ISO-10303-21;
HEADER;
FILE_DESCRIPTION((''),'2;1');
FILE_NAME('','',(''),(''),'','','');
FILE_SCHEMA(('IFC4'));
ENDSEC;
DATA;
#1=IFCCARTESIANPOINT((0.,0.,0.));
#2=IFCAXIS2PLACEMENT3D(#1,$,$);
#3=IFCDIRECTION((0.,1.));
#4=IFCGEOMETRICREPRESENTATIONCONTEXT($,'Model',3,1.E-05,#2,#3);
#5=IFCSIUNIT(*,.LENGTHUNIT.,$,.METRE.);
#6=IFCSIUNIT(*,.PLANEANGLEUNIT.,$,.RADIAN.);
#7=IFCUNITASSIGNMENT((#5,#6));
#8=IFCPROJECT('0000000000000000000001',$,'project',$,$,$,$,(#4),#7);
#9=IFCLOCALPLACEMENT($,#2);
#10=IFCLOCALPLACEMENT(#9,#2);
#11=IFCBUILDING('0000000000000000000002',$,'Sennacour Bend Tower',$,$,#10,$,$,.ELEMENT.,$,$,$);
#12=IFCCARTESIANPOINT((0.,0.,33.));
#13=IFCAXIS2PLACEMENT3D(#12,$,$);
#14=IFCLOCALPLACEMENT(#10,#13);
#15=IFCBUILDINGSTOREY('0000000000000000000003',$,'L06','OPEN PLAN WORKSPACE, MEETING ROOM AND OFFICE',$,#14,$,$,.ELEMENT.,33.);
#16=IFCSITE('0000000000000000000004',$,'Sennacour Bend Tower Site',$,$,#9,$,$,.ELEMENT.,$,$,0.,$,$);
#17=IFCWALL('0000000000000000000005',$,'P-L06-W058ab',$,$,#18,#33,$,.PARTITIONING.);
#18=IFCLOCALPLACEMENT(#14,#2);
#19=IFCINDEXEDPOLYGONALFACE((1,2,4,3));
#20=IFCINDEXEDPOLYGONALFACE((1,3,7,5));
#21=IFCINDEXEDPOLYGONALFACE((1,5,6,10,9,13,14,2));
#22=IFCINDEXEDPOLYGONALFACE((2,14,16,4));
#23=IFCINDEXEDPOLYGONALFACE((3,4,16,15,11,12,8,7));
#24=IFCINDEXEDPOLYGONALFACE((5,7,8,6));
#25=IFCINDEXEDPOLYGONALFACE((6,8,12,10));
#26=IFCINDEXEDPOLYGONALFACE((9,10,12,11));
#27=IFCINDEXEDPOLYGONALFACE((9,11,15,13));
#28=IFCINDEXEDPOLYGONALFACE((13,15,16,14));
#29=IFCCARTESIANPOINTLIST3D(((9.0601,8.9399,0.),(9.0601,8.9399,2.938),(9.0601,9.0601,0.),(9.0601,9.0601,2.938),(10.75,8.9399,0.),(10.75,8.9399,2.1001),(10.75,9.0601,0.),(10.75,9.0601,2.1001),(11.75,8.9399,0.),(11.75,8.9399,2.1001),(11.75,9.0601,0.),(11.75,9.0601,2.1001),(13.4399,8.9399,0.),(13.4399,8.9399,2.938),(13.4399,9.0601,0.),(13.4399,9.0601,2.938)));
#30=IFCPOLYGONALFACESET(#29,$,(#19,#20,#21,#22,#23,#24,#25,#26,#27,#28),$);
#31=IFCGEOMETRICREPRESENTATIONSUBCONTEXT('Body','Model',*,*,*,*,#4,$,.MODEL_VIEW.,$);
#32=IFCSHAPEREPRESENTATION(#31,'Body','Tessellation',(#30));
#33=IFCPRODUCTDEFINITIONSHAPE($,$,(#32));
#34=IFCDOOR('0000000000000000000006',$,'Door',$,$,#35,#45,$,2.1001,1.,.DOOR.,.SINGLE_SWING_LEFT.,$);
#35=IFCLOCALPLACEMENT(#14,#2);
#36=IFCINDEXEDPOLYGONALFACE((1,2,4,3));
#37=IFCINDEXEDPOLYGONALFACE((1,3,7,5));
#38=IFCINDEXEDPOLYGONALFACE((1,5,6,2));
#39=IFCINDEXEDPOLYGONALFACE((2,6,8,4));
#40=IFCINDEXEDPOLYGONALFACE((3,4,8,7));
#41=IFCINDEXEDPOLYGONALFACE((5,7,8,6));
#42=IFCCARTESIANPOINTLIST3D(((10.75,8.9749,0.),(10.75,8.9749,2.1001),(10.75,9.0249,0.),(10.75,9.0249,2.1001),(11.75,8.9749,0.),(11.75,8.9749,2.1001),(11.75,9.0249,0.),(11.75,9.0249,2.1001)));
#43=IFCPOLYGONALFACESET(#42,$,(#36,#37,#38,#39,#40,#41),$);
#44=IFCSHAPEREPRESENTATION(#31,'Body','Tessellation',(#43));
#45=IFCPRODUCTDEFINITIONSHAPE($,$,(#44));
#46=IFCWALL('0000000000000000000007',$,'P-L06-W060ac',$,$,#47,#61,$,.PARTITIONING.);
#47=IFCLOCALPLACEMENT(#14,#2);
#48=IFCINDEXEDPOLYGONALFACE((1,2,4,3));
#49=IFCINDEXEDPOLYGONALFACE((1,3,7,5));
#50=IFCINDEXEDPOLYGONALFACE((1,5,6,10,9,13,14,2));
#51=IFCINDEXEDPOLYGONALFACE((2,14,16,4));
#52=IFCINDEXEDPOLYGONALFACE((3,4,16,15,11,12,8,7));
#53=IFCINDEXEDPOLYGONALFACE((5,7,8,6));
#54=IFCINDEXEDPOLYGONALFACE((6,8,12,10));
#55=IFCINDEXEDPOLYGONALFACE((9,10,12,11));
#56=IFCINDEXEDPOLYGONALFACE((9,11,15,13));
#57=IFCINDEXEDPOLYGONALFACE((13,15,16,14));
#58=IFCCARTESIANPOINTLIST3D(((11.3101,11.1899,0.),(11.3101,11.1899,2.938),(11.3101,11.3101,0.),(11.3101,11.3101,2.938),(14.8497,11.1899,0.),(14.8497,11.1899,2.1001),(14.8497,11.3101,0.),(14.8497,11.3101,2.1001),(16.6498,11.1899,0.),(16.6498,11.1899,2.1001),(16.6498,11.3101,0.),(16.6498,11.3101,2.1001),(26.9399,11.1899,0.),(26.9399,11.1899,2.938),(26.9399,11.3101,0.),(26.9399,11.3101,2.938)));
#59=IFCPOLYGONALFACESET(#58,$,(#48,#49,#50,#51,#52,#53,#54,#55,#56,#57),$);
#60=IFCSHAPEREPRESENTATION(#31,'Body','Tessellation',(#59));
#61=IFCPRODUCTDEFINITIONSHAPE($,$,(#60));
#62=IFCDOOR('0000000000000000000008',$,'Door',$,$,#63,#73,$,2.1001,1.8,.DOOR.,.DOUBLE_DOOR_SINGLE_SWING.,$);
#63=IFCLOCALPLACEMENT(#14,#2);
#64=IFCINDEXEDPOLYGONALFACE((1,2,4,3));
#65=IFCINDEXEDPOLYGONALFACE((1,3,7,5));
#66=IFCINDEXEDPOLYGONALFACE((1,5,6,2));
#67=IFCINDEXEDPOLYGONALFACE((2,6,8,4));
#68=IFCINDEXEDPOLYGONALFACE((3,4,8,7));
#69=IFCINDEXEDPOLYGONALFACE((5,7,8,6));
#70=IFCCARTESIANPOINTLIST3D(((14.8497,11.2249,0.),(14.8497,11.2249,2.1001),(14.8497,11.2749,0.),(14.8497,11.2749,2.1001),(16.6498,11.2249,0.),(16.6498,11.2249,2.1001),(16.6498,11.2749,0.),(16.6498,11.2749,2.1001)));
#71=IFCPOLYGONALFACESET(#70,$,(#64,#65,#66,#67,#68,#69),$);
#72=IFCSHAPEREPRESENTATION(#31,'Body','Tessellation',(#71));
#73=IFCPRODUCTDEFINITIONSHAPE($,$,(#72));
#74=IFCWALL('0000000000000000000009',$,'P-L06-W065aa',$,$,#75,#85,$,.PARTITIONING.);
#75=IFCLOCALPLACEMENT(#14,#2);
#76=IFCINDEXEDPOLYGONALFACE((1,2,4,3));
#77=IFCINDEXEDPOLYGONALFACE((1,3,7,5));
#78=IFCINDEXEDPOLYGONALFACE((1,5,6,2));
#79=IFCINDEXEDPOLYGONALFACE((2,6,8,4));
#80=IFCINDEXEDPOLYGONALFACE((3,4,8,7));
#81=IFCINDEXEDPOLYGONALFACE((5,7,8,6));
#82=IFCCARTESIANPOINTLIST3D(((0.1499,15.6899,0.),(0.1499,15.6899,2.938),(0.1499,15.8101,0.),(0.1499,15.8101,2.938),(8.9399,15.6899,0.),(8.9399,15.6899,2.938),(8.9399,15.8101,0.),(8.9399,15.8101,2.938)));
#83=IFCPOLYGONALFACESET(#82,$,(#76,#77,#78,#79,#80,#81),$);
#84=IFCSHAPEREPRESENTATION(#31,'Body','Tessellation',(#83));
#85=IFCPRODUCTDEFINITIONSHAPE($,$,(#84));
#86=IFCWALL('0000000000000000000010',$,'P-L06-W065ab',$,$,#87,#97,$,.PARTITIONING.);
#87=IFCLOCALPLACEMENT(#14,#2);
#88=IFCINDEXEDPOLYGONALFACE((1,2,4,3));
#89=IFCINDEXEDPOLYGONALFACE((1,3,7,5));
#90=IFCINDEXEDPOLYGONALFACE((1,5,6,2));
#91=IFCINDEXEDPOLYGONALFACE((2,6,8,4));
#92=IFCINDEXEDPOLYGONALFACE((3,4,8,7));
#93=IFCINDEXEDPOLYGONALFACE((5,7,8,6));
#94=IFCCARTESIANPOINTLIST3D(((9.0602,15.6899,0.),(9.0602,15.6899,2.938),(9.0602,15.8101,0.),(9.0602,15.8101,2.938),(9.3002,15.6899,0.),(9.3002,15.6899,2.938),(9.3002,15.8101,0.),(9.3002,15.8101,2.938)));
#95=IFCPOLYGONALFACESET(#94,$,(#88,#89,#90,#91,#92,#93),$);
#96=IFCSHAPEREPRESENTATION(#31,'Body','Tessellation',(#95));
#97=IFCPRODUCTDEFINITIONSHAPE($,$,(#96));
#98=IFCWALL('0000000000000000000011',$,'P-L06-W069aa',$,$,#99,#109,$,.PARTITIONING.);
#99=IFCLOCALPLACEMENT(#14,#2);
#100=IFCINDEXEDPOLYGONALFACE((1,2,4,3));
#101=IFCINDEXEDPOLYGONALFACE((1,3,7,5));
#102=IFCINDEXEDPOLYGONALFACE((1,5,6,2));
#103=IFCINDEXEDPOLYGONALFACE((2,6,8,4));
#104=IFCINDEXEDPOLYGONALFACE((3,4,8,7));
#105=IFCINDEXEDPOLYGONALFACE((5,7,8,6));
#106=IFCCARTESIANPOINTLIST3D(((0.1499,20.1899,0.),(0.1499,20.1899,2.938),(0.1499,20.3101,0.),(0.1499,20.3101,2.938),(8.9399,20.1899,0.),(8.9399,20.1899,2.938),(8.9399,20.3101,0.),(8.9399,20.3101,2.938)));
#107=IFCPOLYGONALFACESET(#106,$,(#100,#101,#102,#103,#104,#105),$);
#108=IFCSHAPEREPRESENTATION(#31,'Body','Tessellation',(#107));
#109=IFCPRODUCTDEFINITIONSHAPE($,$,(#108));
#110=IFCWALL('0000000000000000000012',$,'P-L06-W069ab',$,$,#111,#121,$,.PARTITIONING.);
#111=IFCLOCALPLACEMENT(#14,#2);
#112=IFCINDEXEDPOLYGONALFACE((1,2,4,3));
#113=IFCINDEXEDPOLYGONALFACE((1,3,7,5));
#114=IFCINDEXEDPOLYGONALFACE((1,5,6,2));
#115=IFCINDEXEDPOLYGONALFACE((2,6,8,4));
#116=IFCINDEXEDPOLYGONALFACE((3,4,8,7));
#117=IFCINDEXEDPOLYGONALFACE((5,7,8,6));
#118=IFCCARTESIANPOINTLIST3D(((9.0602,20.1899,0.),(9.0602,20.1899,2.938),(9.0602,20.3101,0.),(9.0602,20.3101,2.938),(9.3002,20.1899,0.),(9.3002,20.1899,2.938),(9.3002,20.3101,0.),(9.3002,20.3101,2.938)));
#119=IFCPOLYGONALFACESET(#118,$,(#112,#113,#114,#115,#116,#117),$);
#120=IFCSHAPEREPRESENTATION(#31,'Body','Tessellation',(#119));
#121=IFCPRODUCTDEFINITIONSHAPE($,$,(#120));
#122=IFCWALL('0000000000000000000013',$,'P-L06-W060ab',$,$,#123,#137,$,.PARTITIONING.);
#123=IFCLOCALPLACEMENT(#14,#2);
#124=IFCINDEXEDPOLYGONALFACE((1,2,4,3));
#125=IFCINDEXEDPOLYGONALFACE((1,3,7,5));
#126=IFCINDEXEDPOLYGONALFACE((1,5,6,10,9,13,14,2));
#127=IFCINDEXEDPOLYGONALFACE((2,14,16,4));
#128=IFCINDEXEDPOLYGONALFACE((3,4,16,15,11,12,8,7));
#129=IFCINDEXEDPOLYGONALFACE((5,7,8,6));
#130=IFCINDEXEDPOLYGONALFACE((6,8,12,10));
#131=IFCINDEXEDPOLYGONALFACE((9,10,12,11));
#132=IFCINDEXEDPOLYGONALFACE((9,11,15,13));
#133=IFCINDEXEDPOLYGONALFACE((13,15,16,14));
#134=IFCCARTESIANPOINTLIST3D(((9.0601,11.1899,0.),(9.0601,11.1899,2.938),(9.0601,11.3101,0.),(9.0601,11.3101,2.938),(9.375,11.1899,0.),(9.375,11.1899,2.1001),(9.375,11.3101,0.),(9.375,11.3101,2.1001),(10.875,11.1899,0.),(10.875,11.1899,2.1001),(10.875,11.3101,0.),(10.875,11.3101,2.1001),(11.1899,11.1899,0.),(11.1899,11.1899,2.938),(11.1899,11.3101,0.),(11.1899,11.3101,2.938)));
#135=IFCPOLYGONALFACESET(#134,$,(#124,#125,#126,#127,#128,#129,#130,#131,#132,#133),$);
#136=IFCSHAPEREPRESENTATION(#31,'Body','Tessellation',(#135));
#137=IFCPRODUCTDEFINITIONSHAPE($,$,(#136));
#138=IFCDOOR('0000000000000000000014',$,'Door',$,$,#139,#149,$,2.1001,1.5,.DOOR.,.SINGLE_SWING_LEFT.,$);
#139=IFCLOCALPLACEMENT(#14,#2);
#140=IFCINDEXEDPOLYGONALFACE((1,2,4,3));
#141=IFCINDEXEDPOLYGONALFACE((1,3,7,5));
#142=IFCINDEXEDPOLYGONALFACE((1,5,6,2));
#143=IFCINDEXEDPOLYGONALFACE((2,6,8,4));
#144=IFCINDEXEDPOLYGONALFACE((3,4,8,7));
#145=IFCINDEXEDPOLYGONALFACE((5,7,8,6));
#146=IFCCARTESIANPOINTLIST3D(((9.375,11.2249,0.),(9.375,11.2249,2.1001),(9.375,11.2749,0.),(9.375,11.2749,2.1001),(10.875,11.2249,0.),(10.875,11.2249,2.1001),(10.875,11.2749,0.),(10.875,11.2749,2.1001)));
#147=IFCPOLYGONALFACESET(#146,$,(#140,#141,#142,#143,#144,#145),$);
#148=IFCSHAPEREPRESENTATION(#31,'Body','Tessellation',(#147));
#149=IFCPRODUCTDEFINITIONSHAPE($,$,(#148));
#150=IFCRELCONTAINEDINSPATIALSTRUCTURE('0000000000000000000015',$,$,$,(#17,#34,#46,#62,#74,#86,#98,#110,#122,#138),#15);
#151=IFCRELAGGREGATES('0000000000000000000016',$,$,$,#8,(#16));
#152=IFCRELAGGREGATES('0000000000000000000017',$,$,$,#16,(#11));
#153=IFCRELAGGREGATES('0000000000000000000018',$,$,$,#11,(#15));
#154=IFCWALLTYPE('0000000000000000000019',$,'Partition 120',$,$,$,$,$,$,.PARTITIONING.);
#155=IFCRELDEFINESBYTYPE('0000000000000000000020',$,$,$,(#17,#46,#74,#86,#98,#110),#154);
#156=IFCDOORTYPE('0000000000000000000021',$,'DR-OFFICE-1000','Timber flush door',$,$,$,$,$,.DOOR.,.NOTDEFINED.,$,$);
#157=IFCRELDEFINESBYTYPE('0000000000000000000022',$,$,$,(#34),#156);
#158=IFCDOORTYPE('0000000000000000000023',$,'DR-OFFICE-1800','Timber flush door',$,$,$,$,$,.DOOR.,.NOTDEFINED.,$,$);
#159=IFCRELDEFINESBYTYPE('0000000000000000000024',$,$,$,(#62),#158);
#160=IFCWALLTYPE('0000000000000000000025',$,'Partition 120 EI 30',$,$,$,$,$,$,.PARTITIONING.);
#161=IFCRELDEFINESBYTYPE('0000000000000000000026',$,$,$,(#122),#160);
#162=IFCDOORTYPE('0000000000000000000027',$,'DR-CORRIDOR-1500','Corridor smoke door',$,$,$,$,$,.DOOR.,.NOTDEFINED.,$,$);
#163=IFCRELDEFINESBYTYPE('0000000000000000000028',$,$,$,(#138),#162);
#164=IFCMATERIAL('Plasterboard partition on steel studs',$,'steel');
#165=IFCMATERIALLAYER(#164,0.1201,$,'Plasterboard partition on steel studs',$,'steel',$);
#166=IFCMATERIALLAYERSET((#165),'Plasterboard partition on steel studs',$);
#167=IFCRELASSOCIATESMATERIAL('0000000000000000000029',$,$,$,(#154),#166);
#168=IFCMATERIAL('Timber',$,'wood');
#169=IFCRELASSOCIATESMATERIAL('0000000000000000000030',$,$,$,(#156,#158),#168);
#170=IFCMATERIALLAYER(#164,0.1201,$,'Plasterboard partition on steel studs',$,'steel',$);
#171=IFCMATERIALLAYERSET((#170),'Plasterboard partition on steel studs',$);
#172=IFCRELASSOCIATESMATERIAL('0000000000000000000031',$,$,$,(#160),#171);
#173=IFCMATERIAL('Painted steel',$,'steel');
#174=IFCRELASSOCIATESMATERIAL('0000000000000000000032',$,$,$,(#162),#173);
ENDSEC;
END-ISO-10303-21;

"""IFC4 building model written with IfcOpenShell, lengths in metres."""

from ifc_helpers import new_model, si_unit, direction, frame, frame_2d, origin, place, context, subcontext, project, spatial, rectangle, extrude, material, layer, layer_set, type_object, element, fill, save


model = new_model("IFC4")

# Units and contexts
model_context = context("Model", 3, precision=1e-05, world=origin(), true_north=direction((0.0, 1.0)))
body_context = subcontext(model_context, "Body", "Model", "MODEL_VIEW")
ifc_project = project(units=[si_unit("LENGTHUNIT", "METRE"), si_unit("PLANEANGLEUNIT", "RADIAN")], contexts=[model_context])

# Site, building, storey
site_placement = place(None, origin())
site = spatial("IfcSite", under=ifc_project, at=site_placement, Name="Sennacour Bend Tower Site", CompositionType="ELEMENT", RefElevation=0.0)
building_placement = place(site_placement, origin())
building = spatial("IfcBuilding", under=site, at=building_placement, Name="Sennacour Bend Tower", CompositionType="ELEMENT")
storey_placement = place(building_placement, frame((0.0, 0.0, 33.0)))
storey = spatial("IfcBuildingStorey", under=building, at=storey_placement, Name="L06", Description="OPEN PLAN WORKSPACE, MEETING ROOM AND OFFICE", CompositionType="ELEMENT", Elevation=33.0)

# Walls, openings, doors
ifc_material_1 = material(Name="Plasterboard partition on steel studs", Category="steel")
ifc_layer_1 = layer(ifc_material_1, 0.1201, Name="Plasterboard partition on steel studs", Category="steel")
ifc_layer_set_1 = layer_set([ifc_layer_1], Name="Plasterboard partition on steel studs")
wall_type_1 = type_object("IfcWallType", Name="Partition 120", PredefinedType="PARTITIONING", material=ifc_layer_set_1)
wall_1_placement = place(storey_placement, frame((9.0601, 9.0, 0.0), z_axis=(0.0, 0.0, 1.0), x_axis=(1.0, 0.0, 0.0)))
wall_1 = element("IfcWall", 1, at=wall_1_placement, inside=storey, type_object=wall_type_1, Name="P-L06-W058ab", PredefinedType="PARTITIONING", context=body_context, shape_type="SweptSolid", body=[
    extrude(rectangle(XDim=4.3799, YDim=0.1201, at=frame_2d((2.1899, 0.0))), origin(), (0.0, 0.0, 1.0), 2.938),
])
opening_1_placement = place(wall_1_placement, frame((1.6899, 0.0, 0.0)))
opening_1 = element("IfcOpeningElement", 2, at=opening_1_placement, cuts=wall_1, PredefinedType="OPENING", context=body_context, shape_type="SweptSolid", body=[
    extrude(rectangle(XDim=1.0, YDim=2.1001, at=frame_2d((0.5, 1.05))), frame((0.0, 0.0701, 0.0), z_axis=(0.0, -1.0, 0.0), x_axis=(1.0, 0.0, 0.0)), (0.0, 0.0, 1.0), 0.1401),
])
ifc_material_2 = material(Name="Timber", Category="wood")
door_type_1 = type_object("IfcDoorType", Name="DR-OFFICE-1000", Description="Timber flush door", OperationType="NOTDEFINED", PredefinedType="DOOR", material=ifc_material_2)
door_1_placement = place(opening_1_placement, origin())
door_1 = element("IfcDoor", 3, at=door_1_placement, inside=storey, type_object=door_type_1, Name="Door", OperationType="SINGLE_SWING_LEFT", OverallHeight=2.1001, OverallWidth=1.0, PredefinedType="DOOR", context=body_context, shape_type="SweptSolid", body=[
    extrude(rectangle(XDim=1.0, YDim=2.1001, at=frame_2d((0.5, 1.05))), frame((0.0, 0.0249, 0.0), z_axis=(0.0, -1.0, 0.0), x_axis=(1.0, 0.0, 0.0)), (0.0, 0.0, 1.0), 0.05),
])
fill(opening_1, door_1)
wall_2_placement = place(storey_placement, frame((11.3101, 11.25, 0.0), z_axis=(0.0, 0.0, 1.0), x_axis=(1.0, 0.0, 0.0)))
wall_2 = element("IfcWall", 4, at=wall_2_placement, inside=storey, type_object=wall_type_1, Name="P-L06-W060ac", PredefinedType="PARTITIONING", context=body_context, shape_type="SweptSolid", body=[
    extrude(rectangle(XDim=15.6299, YDim=0.1201, at=frame_2d((7.8149, 0.0))), origin(), (0.0, 0.0, 1.0), 2.938),
])
opening_2_placement = place(wall_2_placement, frame((3.5398, 0.0, 0.0)))
opening_2 = element("IfcOpeningElement", 5, at=opening_2_placement, cuts=wall_2, PredefinedType="OPENING", context=body_context, shape_type="SweptSolid", body=[
    extrude(rectangle(XDim=1.8, YDim=2.1001, at=frame_2d((0.8999, 1.05))), frame((0.0, 0.0701, 0.0), z_axis=(0.0, -1.0, 0.0), x_axis=(1.0, 0.0, 0.0)), (0.0, 0.0, 1.0), 0.1401),
])
door_type_2 = type_object("IfcDoorType", Name="DR-OFFICE-1800", Description="Timber flush door", OperationType="NOTDEFINED", PredefinedType="DOOR", material=ifc_material_2)
door_2_placement = place(opening_2_placement, origin())
door_2 = element("IfcDoor", 6, at=door_2_placement, inside=storey, type_object=door_type_2, Name="Door", OperationType="DOUBLE_DOOR_SINGLE_SWING", OverallHeight=2.1001, OverallWidth=1.8, PredefinedType="DOOR", context=body_context, shape_type="SweptSolid", body=[
    extrude(rectangle(XDim=1.8, YDim=2.1001, at=frame_2d((0.8999, 1.05))), frame((0.0, 0.0249, 0.0), z_axis=(0.0, -1.0, 0.0), x_axis=(1.0, 0.0, 0.0)), (0.0, 0.0, 1.0), 0.05),
])
fill(opening_2, door_2)

# Walls
wall_3_placement = place(storey_placement, frame((0.1499, 15.75, 0.0), z_axis=(0.0, 0.0, 1.0), x_axis=(1.0, 0.0, 0.0)))
element("IfcWall", 7, at=wall_3_placement, inside=storey, type_object=wall_type_1, Name="P-L06-W065aa", PredefinedType="PARTITIONING", context=body_context, shape_type="SweptSolid", body=[
    extrude(rectangle(XDim=8.79, YDim=0.1201, at=frame_2d((4.395, 0.0))), origin(), (0.0, 0.0, 1.0), 2.938),
])
wall_4_placement = place(storey_placement, frame((9.0601, 15.75, 0.0), z_axis=(0.0, 0.0, 1.0), x_axis=(1.0, 0.0, 0.0)))
element("IfcWall", 8, at=wall_4_placement, inside=storey, type_object=wall_type_1, Name="P-L06-W065ab", PredefinedType="PARTITIONING", context=body_context, shape_type="SweptSolid", body=[
    extrude(rectangle(XDim=0.24, YDim=0.1201, at=frame_2d((0.1201, 0.0))), origin(), (0.0, 0.0, 1.0), 2.938),
])
wall_5_placement = place(storey_placement, frame((0.1499, 20.25, 0.0), z_axis=(0.0, 0.0, 1.0), x_axis=(1.0, 0.0, 0.0)))
element("IfcWall", 9, at=wall_5_placement, inside=storey, type_object=wall_type_1, Name="P-L06-W069aa", PredefinedType="PARTITIONING", context=body_context, shape_type="SweptSolid", body=[
    extrude(rectangle(XDim=8.79, YDim=0.1201, at=frame_2d((4.395, 0.0))), origin(), (0.0, 0.0, 1.0), 2.938),
])
wall_6_placement = place(storey_placement, frame((9.0601, 20.25, 0.0), z_axis=(0.0, 0.0, 1.0), x_axis=(1.0, 0.0, 0.0)))
element("IfcWall", 10, at=wall_6_placement, inside=storey, type_object=wall_type_1, Name="P-L06-W069ab", PredefinedType="PARTITIONING", context=body_context, shape_type="SweptSolid", body=[
    extrude(rectangle(XDim=0.24, YDim=0.1201, at=frame_2d((0.1201, 0.0))), origin(), (0.0, 0.0, 1.0), 2.938),
])

# Wall, opening, door
ifc_layer_2 = layer(ifc_material_1, 0.1201, Name="Plasterboard partition on steel studs", Category="steel")
ifc_layer_set_2 = layer_set([ifc_layer_2], Name="Plasterboard partition on steel studs")
wall_type_2 = type_object("IfcWallType", Name="Partition 120 EI 30", PredefinedType="PARTITIONING", material=ifc_layer_set_2)
wall_7_placement = place(storey_placement, frame((9.0601, 11.25, 0.0), z_axis=(0.0, 0.0, 1.0), x_axis=(1.0, 0.0, 0.0)))
wall_7 = element("IfcWall", 11, at=wall_7_placement, inside=storey, type_object=wall_type_2, Name="P-L06-W060ab", PredefinedType="PARTITIONING", context=body_context, shape_type="SweptSolid", body=[
    extrude(rectangle(XDim=2.1299, YDim=0.1201, at=frame_2d((1.0649, 0.0))), origin(), (0.0, 0.0, 1.0), 2.938),
])
opening_3_placement = place(wall_7_placement, frame((0.3149, 0.0, 0.0)))
opening_3 = element("IfcOpeningElement", 12, at=opening_3_placement, cuts=wall_7, PredefinedType="OPENING", context=body_context, shape_type="SweptSolid", body=[
    extrude(rectangle(XDim=1.5, YDim=2.1001, at=frame_2d((0.75, 1.05))), frame((0.0, 0.0701, 0.0), z_axis=(0.0, -1.0, 0.0), x_axis=(1.0, 0.0, 0.0)), (0.0, 0.0, 1.0), 0.1401),
])
ifc_material_3 = material(Name="Painted steel", Category="steel")
door_type_3 = type_object("IfcDoorType", Name="DR-CORRIDOR-1500", Description="Corridor smoke door", OperationType="NOTDEFINED", PredefinedType="DOOR", material=ifc_material_3)
door_3_placement = place(opening_3_placement, origin())
door_3 = element("IfcDoor", 13, at=door_3_placement, inside=storey, type_object=door_type_3, Name="Door", OperationType="SINGLE_SWING_LEFT", OverallHeight=2.1001, OverallWidth=1.5, PredefinedType="DOOR", context=body_context, shape_type="SweptSolid", body=[
    extrude(rectangle(XDim=1.5, YDim=2.1001, at=frame_2d((0.75, 1.05))), frame((0.0, 0.0249, 0.0), z_axis=(0.0, -1.0, 0.0), x_axis=(1.0, 0.0, 0.0)), (0.0, 0.0, 1.0), 0.05),
])
fill(opening_3, door_3)

save(model, "model.ifc")
